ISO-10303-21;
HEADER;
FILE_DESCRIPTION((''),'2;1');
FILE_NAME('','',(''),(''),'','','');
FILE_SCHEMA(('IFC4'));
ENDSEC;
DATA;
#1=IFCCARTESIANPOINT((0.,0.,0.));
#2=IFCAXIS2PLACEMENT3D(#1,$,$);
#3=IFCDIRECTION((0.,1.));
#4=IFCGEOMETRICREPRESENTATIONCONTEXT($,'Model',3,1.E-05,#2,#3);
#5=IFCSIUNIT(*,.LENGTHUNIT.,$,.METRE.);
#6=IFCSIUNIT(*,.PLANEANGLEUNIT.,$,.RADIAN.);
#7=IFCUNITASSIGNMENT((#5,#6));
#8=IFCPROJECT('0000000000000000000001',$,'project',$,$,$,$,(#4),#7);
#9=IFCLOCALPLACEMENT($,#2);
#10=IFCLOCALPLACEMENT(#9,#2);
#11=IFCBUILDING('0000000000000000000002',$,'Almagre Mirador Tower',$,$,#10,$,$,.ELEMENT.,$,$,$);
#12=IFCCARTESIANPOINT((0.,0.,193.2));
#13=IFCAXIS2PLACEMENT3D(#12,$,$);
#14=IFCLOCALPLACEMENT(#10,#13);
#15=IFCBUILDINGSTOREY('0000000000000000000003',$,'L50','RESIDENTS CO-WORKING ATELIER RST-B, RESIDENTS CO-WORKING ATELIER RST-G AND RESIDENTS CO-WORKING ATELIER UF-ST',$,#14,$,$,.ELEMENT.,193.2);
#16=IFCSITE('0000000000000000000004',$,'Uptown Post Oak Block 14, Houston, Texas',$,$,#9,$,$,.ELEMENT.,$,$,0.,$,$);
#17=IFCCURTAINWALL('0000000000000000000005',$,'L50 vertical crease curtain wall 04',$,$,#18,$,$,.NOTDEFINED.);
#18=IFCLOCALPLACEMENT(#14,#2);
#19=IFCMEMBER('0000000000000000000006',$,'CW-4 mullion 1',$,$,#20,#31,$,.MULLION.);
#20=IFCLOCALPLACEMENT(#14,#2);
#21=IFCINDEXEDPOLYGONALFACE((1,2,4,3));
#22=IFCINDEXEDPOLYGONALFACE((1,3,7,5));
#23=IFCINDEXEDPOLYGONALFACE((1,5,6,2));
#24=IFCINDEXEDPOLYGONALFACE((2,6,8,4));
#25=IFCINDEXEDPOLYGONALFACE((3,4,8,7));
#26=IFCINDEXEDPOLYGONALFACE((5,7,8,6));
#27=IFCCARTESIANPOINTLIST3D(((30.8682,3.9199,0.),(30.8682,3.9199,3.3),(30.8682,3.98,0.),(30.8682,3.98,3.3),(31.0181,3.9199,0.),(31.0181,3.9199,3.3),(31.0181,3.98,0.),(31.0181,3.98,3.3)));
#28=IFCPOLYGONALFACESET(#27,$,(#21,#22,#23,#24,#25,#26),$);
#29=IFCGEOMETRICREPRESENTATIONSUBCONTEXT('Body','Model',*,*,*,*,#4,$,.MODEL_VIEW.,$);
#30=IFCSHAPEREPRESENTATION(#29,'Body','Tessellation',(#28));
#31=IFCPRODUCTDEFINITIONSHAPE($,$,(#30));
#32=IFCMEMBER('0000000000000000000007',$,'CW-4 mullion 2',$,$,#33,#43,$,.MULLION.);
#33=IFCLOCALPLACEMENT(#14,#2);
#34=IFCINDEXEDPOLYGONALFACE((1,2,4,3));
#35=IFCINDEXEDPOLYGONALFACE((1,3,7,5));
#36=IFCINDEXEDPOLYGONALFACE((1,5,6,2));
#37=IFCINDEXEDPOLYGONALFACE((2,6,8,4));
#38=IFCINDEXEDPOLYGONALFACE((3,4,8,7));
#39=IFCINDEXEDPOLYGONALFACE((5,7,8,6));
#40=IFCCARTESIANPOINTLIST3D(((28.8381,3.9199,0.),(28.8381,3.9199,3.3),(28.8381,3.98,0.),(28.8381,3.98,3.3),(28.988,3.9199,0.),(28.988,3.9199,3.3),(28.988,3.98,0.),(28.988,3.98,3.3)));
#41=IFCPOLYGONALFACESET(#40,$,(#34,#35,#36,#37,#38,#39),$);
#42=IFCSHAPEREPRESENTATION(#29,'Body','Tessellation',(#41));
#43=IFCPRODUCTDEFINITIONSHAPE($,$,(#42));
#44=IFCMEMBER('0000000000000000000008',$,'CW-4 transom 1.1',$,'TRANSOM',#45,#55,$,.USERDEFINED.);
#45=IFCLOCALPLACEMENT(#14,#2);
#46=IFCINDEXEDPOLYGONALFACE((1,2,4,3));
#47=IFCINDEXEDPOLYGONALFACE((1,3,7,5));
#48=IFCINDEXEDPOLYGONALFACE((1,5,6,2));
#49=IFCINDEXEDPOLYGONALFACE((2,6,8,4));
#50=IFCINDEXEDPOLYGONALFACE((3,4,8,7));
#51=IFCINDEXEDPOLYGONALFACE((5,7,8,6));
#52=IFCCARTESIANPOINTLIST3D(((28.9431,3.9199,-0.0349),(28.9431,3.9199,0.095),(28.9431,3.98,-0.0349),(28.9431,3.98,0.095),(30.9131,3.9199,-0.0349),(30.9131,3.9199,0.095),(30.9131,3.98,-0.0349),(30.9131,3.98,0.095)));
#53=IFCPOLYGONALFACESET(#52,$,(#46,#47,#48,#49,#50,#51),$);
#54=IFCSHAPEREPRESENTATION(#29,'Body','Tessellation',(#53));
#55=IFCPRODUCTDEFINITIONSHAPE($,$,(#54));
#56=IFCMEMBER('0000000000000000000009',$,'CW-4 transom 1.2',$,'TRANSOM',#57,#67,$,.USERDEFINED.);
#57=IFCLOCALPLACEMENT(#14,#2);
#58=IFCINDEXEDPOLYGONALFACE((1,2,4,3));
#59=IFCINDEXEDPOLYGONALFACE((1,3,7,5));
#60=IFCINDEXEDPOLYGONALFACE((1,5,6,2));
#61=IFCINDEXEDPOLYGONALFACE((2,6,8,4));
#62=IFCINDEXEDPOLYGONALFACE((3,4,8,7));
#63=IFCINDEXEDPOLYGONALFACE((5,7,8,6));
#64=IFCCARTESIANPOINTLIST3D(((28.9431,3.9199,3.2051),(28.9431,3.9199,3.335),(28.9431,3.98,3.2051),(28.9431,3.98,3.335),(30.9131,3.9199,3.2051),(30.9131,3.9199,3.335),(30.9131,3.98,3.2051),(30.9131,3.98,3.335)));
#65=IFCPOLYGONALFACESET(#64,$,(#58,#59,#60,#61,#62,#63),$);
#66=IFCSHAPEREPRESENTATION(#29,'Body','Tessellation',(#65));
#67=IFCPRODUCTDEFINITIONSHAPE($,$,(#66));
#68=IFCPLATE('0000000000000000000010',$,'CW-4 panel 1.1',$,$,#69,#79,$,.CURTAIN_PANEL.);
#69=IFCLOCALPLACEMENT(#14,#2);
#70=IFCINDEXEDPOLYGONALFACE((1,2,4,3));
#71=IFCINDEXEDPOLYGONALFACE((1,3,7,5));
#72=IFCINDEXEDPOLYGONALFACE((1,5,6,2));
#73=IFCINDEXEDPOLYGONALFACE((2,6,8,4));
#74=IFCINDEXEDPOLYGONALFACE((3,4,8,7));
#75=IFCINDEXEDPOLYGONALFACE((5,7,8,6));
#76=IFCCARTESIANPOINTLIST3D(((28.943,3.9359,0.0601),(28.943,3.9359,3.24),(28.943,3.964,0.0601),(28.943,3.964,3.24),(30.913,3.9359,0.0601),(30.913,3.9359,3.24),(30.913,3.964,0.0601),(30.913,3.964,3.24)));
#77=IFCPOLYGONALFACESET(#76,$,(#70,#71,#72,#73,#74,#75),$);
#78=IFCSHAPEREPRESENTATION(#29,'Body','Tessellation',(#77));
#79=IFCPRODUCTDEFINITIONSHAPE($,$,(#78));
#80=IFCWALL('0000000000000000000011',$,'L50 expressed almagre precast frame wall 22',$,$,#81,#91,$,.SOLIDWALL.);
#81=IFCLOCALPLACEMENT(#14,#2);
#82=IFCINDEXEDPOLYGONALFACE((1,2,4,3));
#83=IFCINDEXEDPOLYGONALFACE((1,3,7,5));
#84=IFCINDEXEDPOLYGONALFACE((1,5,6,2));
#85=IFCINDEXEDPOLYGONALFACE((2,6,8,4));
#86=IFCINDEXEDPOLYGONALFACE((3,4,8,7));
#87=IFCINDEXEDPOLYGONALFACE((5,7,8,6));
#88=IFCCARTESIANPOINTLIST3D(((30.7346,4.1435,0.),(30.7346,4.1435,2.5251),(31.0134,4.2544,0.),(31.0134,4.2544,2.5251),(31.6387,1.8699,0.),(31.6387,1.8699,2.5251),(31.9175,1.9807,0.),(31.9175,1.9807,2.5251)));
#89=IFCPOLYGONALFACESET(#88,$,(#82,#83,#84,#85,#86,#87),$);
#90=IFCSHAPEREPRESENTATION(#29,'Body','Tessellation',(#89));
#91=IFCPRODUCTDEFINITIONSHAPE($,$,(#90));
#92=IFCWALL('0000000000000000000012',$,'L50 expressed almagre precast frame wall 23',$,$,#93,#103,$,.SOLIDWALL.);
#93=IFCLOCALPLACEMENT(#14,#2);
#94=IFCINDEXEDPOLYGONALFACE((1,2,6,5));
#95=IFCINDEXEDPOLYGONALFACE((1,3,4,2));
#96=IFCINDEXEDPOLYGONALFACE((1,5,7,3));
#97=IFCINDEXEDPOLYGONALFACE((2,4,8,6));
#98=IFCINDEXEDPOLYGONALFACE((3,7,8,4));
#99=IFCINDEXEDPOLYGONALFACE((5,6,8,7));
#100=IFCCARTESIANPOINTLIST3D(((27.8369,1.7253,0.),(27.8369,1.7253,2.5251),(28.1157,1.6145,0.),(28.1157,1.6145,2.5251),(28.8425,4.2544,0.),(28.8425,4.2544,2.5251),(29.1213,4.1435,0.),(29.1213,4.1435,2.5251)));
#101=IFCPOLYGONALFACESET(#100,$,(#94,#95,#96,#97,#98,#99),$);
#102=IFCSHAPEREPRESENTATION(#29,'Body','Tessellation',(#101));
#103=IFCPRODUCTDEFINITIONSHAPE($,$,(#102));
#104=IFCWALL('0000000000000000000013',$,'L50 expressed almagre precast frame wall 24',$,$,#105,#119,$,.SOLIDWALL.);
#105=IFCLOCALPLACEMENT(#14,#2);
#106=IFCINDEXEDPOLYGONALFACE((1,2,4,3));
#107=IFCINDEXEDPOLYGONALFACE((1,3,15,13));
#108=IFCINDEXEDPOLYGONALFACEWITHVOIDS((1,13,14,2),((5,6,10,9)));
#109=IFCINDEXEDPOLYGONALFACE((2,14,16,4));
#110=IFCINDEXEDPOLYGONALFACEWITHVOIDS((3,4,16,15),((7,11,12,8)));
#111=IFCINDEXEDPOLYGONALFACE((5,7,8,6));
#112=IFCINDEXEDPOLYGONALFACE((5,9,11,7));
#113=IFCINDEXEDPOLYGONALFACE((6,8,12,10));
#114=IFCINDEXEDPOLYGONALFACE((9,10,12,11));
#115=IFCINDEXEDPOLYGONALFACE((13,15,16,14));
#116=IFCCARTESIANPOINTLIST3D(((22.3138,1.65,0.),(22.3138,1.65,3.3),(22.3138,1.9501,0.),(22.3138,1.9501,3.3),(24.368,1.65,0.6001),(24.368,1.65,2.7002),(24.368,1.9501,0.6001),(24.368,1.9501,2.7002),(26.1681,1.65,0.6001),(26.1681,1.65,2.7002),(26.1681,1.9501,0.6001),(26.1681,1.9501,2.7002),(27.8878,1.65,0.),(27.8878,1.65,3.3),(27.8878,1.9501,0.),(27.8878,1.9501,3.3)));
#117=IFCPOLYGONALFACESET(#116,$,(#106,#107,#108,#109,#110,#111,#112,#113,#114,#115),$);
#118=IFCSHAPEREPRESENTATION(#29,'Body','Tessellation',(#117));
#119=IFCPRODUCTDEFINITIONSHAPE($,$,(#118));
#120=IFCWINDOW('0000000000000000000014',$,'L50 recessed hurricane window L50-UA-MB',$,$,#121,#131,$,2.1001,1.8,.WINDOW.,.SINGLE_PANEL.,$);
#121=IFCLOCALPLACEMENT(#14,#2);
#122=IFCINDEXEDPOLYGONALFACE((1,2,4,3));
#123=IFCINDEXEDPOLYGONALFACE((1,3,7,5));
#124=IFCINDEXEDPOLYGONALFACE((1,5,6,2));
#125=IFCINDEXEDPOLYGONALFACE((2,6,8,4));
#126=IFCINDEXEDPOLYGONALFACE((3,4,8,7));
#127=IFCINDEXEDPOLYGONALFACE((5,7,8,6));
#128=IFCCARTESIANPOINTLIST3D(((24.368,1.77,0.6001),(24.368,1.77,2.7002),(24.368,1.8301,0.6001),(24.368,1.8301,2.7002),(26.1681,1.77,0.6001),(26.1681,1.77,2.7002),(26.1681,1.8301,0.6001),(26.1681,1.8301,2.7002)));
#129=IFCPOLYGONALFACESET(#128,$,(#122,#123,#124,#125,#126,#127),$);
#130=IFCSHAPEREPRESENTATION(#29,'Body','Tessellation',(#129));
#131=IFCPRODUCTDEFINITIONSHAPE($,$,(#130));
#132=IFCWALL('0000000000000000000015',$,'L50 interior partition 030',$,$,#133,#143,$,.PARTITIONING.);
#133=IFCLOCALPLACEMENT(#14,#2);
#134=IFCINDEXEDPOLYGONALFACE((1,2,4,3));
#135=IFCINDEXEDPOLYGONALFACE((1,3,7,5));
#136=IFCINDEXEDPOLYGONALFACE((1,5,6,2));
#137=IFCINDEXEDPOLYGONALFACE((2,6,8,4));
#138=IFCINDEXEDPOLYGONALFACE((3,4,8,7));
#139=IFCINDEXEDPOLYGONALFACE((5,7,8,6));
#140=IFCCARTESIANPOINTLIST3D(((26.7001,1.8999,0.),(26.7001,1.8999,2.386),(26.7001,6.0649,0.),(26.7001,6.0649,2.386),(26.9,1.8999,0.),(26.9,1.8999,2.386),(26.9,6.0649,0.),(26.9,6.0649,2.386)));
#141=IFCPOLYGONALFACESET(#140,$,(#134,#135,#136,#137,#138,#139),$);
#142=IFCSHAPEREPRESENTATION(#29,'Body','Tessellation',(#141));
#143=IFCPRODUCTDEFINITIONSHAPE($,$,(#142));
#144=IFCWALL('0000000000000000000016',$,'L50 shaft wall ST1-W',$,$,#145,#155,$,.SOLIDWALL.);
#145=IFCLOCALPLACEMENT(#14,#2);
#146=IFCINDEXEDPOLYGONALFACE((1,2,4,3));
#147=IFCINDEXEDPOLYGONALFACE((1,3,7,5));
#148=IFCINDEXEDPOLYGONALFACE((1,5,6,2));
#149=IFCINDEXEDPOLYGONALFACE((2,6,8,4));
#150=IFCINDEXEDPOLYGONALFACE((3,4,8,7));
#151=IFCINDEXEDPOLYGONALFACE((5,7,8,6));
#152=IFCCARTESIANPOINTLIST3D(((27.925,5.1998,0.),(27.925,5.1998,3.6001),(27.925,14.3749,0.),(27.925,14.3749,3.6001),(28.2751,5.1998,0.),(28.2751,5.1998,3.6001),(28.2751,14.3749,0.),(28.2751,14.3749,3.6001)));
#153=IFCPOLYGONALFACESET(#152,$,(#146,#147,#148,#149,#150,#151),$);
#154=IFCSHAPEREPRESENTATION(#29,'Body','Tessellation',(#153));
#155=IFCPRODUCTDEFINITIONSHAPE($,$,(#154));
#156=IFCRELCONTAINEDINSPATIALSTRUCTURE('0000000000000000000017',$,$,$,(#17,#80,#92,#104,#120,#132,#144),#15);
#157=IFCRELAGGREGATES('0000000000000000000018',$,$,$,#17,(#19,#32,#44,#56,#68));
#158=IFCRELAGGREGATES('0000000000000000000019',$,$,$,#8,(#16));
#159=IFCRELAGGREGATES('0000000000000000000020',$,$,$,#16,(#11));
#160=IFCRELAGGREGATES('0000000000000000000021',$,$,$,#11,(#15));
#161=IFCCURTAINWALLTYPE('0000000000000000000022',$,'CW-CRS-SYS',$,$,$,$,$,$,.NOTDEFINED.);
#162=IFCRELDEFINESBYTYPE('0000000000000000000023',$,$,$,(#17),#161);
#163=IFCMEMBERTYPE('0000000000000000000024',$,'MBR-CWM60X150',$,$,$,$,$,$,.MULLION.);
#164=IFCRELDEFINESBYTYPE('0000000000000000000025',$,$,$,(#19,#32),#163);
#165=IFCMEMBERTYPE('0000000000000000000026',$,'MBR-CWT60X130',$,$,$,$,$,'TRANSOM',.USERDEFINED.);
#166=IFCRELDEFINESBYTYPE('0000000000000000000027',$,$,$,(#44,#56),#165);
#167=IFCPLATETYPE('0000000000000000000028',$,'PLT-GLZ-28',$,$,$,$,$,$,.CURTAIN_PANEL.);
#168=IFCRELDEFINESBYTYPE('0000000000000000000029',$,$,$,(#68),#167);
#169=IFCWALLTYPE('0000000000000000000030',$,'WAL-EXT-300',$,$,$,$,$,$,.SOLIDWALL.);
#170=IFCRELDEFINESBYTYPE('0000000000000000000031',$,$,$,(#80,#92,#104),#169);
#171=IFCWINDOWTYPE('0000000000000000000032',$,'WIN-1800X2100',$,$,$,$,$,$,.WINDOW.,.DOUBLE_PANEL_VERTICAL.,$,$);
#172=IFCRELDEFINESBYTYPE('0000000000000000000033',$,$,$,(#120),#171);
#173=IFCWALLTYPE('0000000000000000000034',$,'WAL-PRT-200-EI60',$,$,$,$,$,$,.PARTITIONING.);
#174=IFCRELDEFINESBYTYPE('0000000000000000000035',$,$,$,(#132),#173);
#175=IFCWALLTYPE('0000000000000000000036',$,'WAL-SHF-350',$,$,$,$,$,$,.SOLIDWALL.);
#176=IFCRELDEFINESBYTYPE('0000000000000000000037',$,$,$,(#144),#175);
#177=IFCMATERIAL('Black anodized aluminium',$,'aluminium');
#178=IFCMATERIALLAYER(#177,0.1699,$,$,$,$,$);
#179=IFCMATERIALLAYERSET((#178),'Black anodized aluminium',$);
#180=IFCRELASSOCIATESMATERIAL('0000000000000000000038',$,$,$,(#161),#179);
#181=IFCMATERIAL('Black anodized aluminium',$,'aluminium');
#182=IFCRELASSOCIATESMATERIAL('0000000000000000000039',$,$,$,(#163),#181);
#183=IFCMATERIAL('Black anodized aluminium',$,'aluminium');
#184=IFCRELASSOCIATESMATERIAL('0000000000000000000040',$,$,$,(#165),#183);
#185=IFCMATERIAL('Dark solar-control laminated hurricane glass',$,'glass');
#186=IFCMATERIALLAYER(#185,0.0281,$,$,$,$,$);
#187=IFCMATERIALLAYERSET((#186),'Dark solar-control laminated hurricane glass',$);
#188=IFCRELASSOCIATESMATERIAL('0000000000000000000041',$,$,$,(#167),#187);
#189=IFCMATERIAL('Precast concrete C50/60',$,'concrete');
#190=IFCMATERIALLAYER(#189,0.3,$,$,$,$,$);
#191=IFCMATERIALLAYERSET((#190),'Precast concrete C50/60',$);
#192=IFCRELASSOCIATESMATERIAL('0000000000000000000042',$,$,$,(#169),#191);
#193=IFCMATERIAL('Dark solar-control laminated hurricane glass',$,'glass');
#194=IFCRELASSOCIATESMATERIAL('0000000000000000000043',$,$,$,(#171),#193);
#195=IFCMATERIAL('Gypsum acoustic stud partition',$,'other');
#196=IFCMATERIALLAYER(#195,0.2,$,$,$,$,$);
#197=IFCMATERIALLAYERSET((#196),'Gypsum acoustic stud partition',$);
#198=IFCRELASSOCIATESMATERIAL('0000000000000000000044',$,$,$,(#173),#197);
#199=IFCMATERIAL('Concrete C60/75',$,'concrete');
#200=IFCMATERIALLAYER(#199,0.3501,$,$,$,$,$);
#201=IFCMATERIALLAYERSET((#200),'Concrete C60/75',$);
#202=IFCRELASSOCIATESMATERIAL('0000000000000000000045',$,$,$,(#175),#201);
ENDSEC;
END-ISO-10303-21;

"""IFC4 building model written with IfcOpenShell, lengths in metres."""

from ifc_helpers import new_model, si_unit, direction, frame, frame_2d, origin, origin_2d, place, context, subcontext, project, spatial, rectangle, extrude, material, layer, layer_set, material_profile, profile_set, type_object, element, fill, aggregate, save


model = new_model("IFC4")

# Units and contexts
model_context = context("Model", 3, precision=1e-05, world=origin(), true_north=direction((0.0, 1.0)))
body_context = subcontext(model_context, "Body", "Model", "MODEL_VIEW")
ifc_project = project(units=[si_unit("LENGTHUNIT", "METRE"), si_unit("PLANEANGLEUNIT", "RADIAN")], contexts=[model_context])

# Site, building, storey
site_placement = place(None, origin())
site = spatial("IfcSite", under=ifc_project, at=site_placement, Name="Uptown Post Oak Block 14, Houston, Texas", CompositionType="ELEMENT", RefElevation=0.0)
building_placement = place(site_placement, origin())
building = spatial("IfcBuilding", under=site, at=building_placement, Name="Almagre Mirador Tower", CompositionType="ELEMENT")
storey_placement = place(building_placement, frame((0.0, 0.0, 193.2)))
storey = spatial("IfcBuildingStorey", under=building, at=storey_placement, Name="L50", Description="RESIDENTS CO-WORKING ATELIER RST-B, RESIDENTS CO-WORKING ATELIER RST-G AND RESIDENTS CO-WORKING ATELIER UF-ST", CompositionType="ELEMENT", Elevation=193.2)

# Curtain wall, members, plate
ifc_material_1 = material(Name="Black anodized aluminium", Category="aluminium")
ifc_layer_1 = layer(ifc_material_1, 0.1699)
ifc_layer_set_1 = layer_set([ifc_layer_1], Name="Black anodized aluminium")
curtain_wall_type = type_object("IfcCurtainWallType", Name="CW-CRS-SYS", PredefinedType="NOTDEFINED", material=ifc_layer_set_1)
curtain_wall_placement = place(storey_placement, origin())
curtain_wall = element("IfcCurtainWall", 1, at=curtain_wall_placement, inside=storey, type_object=curtain_wall_type, Name="L50 vertical crease curtain wall 04", PredefinedType="NOTDEFINED")
ifc_material_2 = material(Name="Black anodized aluminium", Category="aluminium")
ifc_material_profile_1 = material_profile(ifc_material_2, rectangle(XDim=0.0601, YDim=0.1499, at=origin_2d()), Name="CWM60X150")
ifc_profile_set_1 = profile_set([ifc_material_profile_1], Name="Black anodized aluminium")
member_type_1 = type_object("IfcMemberType", Name="MBR-CWM60X150", PredefinedType="MULLION", material=ifc_profile_set_1)
member_1_placement = place(storey_placement, frame((30.9431, 3.95, 0.0), z_axis=(0.0, 0.0, 1.0), x_axis=(0.0, -1.0, 0.0)))
member_1 = element("IfcMember", 2, at=member_1_placement, type_object=member_type_1, Name="CW-4 mullion 1", PredefinedType="MULLION", context=body_context, shape_type="SweptSolid", body=[
    extrude(rectangle(XDim=0.0601, YDim=0.1499, at=origin_2d()), origin(), (0.0, 0.0, 1.0), 3.3),
])
member_2_placement = place(storey_placement, frame((28.9131, 3.95, 0.0), z_axis=(0.0, 0.0, 1.0), x_axis=(0.0, -1.0, 0.0)))
member_2 = element("IfcMember", 3, at=member_2_placement, type_object=member_type_1, Name="CW-4 mullion 2", PredefinedType="MULLION", context=body_context, shape_type="SweptSolid", body=[
    extrude(rectangle(XDim=0.0601, YDim=0.1499, at=origin_2d()), origin(), (0.0, 0.0, 1.0), 3.3),
])
ifc_material_3 = material(Name="Black anodized aluminium", Category="aluminium")
ifc_material_profile_2 = material_profile(ifc_material_3, rectangle(XDim=0.0601, YDim=0.1299, at=origin_2d()), Name="CWT60X130")
ifc_profile_set_2 = profile_set([ifc_material_profile_2], Name="Black anodized aluminium")
member_type_2 = type_object("IfcMemberType", Name="MBR-CWT60X130", ElementType="TRANSOM", PredefinedType="USERDEFINED", material=ifc_profile_set_2)
member_3_placement = place(storey_placement, frame((30.9131, 3.95, 0.03), z_axis=(-1.0, 0.0, 0.0), x_axis=(0.0, -1.0, 0.0)))
member_3 = element("IfcMember", 4, at=member_3_placement, type_object=member_type_2, Name="CW-4 transom 1.1", ObjectType="TRANSOM", PredefinedType="USERDEFINED", context=body_context, shape_type="SweptSolid", body=[
    extrude(rectangle(XDim=0.0601, YDim=0.1299, at=origin_2d()), origin(), (0.0, 0.0, 1.0), 1.97),
])
member_4_placement = place(storey_placement, frame((30.9131, 3.95, 3.27), z_axis=(-1.0, 0.0, 0.0), x_axis=(0.0, -1.0, 0.0)))
member_4 = element("IfcMember", 5, at=member_4_placement, type_object=member_type_2, Name="CW-4 transom 1.2", ObjectType="TRANSOM", PredefinedType="USERDEFINED", context=body_context, shape_type="SweptSolid", body=[
    extrude(rectangle(XDim=0.0601, YDim=0.1299, at=origin_2d()), origin(), (0.0, 0.0, 1.0), 1.97),
])
ifc_material_4 = material(Name="Dark solar-control laminated hurricane glass", Category="glass")
ifc_layer_2 = layer(ifc_material_4, 0.0281)
ifc_layer_set_2 = layer_set([ifc_layer_2], Name="Dark solar-control laminated hurricane glass")
plate_type = type_object("IfcPlateType", Name="PLT-GLZ-28", PredefinedType="CURTAIN_PANEL", material=ifc_layer_set_2)
plate_placement = place(storey_placement, frame((29.928, 3.95, 0.0601), z_axis=(0.0, 0.0, 1.0), x_axis=(-1.0, 0.0, 0.0)))
plate = element("IfcPlate", 6, at=plate_placement, type_object=plate_type, Name="CW-4 panel 1.1", PredefinedType="CURTAIN_PANEL", context=body_context, shape_type="SweptSolid", body=[
    extrude(rectangle(XDim=1.97, YDim=0.0281, at=origin_2d()), origin(), (0.0, 0.0, 1.0), 3.1799),
])
aggregate(curtain_wall, [member_1, member_2, member_3, member_4, plate])

# Walls
ifc_material_5 = material(Name="Precast concrete C50/60", Category="concrete")
ifc_layer_3 = layer(ifc_material_5, 0.3)
ifc_layer_set_3 = layer_set([ifc_layer_3], Name="Precast concrete C50/60")
wall_type_1 = type_object("IfcWallType", Name="WAL-EXT-300", PredefinedType="SOLIDWALL", material=ifc_layer_set_3)
wall_1_placement = place(storey_placement, frame((31.7781, 1.9253, 0.0), z_axis=(0.0, 0.0, 1.0), x_axis=(-0.36948, 0.929239, 0.0)))
element("IfcWall", 7, at=wall_1_placement, inside=storey, type_object=wall_type_1, Name="L50 expressed almagre precast frame wall 22", PredefinedType="SOLIDWALL", context=body_context, shape_type="SweptSolid", body=[
    extrude(rectangle(XDim=2.4468, YDim=0.3, at=frame_2d((1.2234, 0.0))), origin(), (0.0, 0.0, 1.0), 2.5251),
])
wall_2_placement = place(storey_placement, frame((28.9819, 4.199, 0.0), z_axis=(0.0, 0.0, 1.0), x_axis=(-0.369488, -0.929236, 0.0)))
element("IfcWall", 8, at=wall_2_placement, inside=storey, type_object=wall_type_1, Name="L50 expressed almagre precast frame wall 23", PredefinedType="SOLIDWALL", context=body_context, shape_type="SweptSolid", body=[
    extrude(rectangle(XDim=2.7217, YDim=0.3, at=frame_2d((1.3608, 0.0))), origin(), (0.0, 0.0, 1.0), 2.5251),
])

# Wall, opening, window
wall_3_placement = place(storey_placement, frame((27.8879, 1.8, 0.0), z_axis=(0.0, 0.0, 1.0), x_axis=(-1.0, 0.0, 0.0)))
wall_3 = element("IfcWall", 9, at=wall_3_placement, inside=storey, type_object=wall_type_1, Name="L50 expressed almagre precast frame wall 24", PredefinedType="SOLIDWALL", context=body_context, shape_type="SweptSolid", body=[
    extrude(rectangle(XDim=5.574, YDim=0.3, at=frame_2d((2.7871, 0.0))), origin(), (0.0, 0.0, 1.0), 3.3),
])
opening_1_placement = place(wall_3_placement, frame((1.72, 0.0, 0.6001)))
opening_1 = element("IfcOpeningElement", 10, at=opening_1_placement, cuts=wall_3, PredefinedType="OPENING", context=body_context, shape_type="SweptSolid", body=[
    extrude(rectangle(XDim=1.8, YDim=2.1001, at=frame_2d((0.8999, 1.05))), frame((0.0, 0.1599, 0.0), z_axis=(0.0, -1.0, 0.0), x_axis=(1.0, 0.0, 0.0)), (0.0, 0.0, 1.0), 0.32),
])
ifc_material_6 = material(Name="Dark solar-control laminated hurricane glass", Category="glass")
window_type = type_object("IfcWindowType", Name="WIN-1800X2100", PartitioningType="DOUBLE_PANEL_VERTICAL", PredefinedType="WINDOW", material=ifc_material_6)
window_placement = place(opening_1_placement, origin())
window = element("IfcWindow", 11, at=window_placement, inside=storey, type_object=window_type, Name="L50 recessed hurricane window L50-UA-MB", OverallHeight=2.1001, OverallWidth=1.8, PartitioningType="SINGLE_PANEL", PredefinedType="WINDOW", context=body_context, shape_type="SweptSolid", body=[
    extrude(rectangle(XDim=1.8, YDim=2.1001, at=frame_2d((0.8999, 1.05))), frame((0.0, 0.03, 0.0), z_axis=(0.0, -1.0, 0.0), x_axis=(1.0, 0.0, 0.0)), (0.0, 0.0, 1.0), 0.0601),
])
fill(opening_1, window)

# Walls
ifc_material_7 = material(Name="Gypsum acoustic stud partition", Category="other")
ifc_layer_4 = layer(ifc_material_7, 0.2)
ifc_layer_set_4 = layer_set([ifc_layer_4], Name="Gypsum acoustic stud partition")
wall_type_2 = type_object("IfcWallType", Name="WAL-PRT-200-EI60", PredefinedType="PARTITIONING", material=ifc_layer_set_4)
wall_4_placement = place(storey_placement, frame((26.8, 1.8999, 0.0), z_axis=(0.0, 0.0, 1.0), x_axis=(0.0, 1.0, 0.0)))
element("IfcWall", 12, at=wall_4_placement, inside=storey, type_object=wall_type_2, Name="L50 interior partition 030", PredefinedType="PARTITIONING", context=body_context, shape_type="SweptSolid", body=[
    extrude(rectangle(XDim=4.165, YDim=0.2, at=frame_2d((2.0825, 0.0))), origin(), (0.0, 0.0, 1.0), 2.386),
])
ifc_material_8 = material(Name="Concrete C60/75", Category="concrete")
ifc_layer_5 = layer(ifc_material_8, 0.3501)
ifc_layer_set_5 = layer_set([ifc_layer_5], Name="Concrete C60/75")
wall_type_3 = type_object("IfcWallType", Name="WAL-SHF-350", PredefinedType="SOLIDWALL", material=ifc_layer_set_5)
wall_5_placement = place(storey_placement, frame((28.1001, 5.2, 0.0), z_axis=(0.0, 0.0, 1.0), x_axis=(0.0, 1.0, 0.0)))
element("IfcWall", 13, at=wall_5_placement, inside=storey, type_object=wall_type_3, Name="L50 shaft wall ST1-W", PredefinedType="SOLIDWALL", context=body_context, shape_type="SweptSolid", body=[
    extrude(rectangle(XDim=9.175, YDim=0.3501, at=frame_2d((4.5874, 0.0))), origin(), (0.0, 0.0, 1.0), 3.6001),
])

save(model, "model.ifc")
